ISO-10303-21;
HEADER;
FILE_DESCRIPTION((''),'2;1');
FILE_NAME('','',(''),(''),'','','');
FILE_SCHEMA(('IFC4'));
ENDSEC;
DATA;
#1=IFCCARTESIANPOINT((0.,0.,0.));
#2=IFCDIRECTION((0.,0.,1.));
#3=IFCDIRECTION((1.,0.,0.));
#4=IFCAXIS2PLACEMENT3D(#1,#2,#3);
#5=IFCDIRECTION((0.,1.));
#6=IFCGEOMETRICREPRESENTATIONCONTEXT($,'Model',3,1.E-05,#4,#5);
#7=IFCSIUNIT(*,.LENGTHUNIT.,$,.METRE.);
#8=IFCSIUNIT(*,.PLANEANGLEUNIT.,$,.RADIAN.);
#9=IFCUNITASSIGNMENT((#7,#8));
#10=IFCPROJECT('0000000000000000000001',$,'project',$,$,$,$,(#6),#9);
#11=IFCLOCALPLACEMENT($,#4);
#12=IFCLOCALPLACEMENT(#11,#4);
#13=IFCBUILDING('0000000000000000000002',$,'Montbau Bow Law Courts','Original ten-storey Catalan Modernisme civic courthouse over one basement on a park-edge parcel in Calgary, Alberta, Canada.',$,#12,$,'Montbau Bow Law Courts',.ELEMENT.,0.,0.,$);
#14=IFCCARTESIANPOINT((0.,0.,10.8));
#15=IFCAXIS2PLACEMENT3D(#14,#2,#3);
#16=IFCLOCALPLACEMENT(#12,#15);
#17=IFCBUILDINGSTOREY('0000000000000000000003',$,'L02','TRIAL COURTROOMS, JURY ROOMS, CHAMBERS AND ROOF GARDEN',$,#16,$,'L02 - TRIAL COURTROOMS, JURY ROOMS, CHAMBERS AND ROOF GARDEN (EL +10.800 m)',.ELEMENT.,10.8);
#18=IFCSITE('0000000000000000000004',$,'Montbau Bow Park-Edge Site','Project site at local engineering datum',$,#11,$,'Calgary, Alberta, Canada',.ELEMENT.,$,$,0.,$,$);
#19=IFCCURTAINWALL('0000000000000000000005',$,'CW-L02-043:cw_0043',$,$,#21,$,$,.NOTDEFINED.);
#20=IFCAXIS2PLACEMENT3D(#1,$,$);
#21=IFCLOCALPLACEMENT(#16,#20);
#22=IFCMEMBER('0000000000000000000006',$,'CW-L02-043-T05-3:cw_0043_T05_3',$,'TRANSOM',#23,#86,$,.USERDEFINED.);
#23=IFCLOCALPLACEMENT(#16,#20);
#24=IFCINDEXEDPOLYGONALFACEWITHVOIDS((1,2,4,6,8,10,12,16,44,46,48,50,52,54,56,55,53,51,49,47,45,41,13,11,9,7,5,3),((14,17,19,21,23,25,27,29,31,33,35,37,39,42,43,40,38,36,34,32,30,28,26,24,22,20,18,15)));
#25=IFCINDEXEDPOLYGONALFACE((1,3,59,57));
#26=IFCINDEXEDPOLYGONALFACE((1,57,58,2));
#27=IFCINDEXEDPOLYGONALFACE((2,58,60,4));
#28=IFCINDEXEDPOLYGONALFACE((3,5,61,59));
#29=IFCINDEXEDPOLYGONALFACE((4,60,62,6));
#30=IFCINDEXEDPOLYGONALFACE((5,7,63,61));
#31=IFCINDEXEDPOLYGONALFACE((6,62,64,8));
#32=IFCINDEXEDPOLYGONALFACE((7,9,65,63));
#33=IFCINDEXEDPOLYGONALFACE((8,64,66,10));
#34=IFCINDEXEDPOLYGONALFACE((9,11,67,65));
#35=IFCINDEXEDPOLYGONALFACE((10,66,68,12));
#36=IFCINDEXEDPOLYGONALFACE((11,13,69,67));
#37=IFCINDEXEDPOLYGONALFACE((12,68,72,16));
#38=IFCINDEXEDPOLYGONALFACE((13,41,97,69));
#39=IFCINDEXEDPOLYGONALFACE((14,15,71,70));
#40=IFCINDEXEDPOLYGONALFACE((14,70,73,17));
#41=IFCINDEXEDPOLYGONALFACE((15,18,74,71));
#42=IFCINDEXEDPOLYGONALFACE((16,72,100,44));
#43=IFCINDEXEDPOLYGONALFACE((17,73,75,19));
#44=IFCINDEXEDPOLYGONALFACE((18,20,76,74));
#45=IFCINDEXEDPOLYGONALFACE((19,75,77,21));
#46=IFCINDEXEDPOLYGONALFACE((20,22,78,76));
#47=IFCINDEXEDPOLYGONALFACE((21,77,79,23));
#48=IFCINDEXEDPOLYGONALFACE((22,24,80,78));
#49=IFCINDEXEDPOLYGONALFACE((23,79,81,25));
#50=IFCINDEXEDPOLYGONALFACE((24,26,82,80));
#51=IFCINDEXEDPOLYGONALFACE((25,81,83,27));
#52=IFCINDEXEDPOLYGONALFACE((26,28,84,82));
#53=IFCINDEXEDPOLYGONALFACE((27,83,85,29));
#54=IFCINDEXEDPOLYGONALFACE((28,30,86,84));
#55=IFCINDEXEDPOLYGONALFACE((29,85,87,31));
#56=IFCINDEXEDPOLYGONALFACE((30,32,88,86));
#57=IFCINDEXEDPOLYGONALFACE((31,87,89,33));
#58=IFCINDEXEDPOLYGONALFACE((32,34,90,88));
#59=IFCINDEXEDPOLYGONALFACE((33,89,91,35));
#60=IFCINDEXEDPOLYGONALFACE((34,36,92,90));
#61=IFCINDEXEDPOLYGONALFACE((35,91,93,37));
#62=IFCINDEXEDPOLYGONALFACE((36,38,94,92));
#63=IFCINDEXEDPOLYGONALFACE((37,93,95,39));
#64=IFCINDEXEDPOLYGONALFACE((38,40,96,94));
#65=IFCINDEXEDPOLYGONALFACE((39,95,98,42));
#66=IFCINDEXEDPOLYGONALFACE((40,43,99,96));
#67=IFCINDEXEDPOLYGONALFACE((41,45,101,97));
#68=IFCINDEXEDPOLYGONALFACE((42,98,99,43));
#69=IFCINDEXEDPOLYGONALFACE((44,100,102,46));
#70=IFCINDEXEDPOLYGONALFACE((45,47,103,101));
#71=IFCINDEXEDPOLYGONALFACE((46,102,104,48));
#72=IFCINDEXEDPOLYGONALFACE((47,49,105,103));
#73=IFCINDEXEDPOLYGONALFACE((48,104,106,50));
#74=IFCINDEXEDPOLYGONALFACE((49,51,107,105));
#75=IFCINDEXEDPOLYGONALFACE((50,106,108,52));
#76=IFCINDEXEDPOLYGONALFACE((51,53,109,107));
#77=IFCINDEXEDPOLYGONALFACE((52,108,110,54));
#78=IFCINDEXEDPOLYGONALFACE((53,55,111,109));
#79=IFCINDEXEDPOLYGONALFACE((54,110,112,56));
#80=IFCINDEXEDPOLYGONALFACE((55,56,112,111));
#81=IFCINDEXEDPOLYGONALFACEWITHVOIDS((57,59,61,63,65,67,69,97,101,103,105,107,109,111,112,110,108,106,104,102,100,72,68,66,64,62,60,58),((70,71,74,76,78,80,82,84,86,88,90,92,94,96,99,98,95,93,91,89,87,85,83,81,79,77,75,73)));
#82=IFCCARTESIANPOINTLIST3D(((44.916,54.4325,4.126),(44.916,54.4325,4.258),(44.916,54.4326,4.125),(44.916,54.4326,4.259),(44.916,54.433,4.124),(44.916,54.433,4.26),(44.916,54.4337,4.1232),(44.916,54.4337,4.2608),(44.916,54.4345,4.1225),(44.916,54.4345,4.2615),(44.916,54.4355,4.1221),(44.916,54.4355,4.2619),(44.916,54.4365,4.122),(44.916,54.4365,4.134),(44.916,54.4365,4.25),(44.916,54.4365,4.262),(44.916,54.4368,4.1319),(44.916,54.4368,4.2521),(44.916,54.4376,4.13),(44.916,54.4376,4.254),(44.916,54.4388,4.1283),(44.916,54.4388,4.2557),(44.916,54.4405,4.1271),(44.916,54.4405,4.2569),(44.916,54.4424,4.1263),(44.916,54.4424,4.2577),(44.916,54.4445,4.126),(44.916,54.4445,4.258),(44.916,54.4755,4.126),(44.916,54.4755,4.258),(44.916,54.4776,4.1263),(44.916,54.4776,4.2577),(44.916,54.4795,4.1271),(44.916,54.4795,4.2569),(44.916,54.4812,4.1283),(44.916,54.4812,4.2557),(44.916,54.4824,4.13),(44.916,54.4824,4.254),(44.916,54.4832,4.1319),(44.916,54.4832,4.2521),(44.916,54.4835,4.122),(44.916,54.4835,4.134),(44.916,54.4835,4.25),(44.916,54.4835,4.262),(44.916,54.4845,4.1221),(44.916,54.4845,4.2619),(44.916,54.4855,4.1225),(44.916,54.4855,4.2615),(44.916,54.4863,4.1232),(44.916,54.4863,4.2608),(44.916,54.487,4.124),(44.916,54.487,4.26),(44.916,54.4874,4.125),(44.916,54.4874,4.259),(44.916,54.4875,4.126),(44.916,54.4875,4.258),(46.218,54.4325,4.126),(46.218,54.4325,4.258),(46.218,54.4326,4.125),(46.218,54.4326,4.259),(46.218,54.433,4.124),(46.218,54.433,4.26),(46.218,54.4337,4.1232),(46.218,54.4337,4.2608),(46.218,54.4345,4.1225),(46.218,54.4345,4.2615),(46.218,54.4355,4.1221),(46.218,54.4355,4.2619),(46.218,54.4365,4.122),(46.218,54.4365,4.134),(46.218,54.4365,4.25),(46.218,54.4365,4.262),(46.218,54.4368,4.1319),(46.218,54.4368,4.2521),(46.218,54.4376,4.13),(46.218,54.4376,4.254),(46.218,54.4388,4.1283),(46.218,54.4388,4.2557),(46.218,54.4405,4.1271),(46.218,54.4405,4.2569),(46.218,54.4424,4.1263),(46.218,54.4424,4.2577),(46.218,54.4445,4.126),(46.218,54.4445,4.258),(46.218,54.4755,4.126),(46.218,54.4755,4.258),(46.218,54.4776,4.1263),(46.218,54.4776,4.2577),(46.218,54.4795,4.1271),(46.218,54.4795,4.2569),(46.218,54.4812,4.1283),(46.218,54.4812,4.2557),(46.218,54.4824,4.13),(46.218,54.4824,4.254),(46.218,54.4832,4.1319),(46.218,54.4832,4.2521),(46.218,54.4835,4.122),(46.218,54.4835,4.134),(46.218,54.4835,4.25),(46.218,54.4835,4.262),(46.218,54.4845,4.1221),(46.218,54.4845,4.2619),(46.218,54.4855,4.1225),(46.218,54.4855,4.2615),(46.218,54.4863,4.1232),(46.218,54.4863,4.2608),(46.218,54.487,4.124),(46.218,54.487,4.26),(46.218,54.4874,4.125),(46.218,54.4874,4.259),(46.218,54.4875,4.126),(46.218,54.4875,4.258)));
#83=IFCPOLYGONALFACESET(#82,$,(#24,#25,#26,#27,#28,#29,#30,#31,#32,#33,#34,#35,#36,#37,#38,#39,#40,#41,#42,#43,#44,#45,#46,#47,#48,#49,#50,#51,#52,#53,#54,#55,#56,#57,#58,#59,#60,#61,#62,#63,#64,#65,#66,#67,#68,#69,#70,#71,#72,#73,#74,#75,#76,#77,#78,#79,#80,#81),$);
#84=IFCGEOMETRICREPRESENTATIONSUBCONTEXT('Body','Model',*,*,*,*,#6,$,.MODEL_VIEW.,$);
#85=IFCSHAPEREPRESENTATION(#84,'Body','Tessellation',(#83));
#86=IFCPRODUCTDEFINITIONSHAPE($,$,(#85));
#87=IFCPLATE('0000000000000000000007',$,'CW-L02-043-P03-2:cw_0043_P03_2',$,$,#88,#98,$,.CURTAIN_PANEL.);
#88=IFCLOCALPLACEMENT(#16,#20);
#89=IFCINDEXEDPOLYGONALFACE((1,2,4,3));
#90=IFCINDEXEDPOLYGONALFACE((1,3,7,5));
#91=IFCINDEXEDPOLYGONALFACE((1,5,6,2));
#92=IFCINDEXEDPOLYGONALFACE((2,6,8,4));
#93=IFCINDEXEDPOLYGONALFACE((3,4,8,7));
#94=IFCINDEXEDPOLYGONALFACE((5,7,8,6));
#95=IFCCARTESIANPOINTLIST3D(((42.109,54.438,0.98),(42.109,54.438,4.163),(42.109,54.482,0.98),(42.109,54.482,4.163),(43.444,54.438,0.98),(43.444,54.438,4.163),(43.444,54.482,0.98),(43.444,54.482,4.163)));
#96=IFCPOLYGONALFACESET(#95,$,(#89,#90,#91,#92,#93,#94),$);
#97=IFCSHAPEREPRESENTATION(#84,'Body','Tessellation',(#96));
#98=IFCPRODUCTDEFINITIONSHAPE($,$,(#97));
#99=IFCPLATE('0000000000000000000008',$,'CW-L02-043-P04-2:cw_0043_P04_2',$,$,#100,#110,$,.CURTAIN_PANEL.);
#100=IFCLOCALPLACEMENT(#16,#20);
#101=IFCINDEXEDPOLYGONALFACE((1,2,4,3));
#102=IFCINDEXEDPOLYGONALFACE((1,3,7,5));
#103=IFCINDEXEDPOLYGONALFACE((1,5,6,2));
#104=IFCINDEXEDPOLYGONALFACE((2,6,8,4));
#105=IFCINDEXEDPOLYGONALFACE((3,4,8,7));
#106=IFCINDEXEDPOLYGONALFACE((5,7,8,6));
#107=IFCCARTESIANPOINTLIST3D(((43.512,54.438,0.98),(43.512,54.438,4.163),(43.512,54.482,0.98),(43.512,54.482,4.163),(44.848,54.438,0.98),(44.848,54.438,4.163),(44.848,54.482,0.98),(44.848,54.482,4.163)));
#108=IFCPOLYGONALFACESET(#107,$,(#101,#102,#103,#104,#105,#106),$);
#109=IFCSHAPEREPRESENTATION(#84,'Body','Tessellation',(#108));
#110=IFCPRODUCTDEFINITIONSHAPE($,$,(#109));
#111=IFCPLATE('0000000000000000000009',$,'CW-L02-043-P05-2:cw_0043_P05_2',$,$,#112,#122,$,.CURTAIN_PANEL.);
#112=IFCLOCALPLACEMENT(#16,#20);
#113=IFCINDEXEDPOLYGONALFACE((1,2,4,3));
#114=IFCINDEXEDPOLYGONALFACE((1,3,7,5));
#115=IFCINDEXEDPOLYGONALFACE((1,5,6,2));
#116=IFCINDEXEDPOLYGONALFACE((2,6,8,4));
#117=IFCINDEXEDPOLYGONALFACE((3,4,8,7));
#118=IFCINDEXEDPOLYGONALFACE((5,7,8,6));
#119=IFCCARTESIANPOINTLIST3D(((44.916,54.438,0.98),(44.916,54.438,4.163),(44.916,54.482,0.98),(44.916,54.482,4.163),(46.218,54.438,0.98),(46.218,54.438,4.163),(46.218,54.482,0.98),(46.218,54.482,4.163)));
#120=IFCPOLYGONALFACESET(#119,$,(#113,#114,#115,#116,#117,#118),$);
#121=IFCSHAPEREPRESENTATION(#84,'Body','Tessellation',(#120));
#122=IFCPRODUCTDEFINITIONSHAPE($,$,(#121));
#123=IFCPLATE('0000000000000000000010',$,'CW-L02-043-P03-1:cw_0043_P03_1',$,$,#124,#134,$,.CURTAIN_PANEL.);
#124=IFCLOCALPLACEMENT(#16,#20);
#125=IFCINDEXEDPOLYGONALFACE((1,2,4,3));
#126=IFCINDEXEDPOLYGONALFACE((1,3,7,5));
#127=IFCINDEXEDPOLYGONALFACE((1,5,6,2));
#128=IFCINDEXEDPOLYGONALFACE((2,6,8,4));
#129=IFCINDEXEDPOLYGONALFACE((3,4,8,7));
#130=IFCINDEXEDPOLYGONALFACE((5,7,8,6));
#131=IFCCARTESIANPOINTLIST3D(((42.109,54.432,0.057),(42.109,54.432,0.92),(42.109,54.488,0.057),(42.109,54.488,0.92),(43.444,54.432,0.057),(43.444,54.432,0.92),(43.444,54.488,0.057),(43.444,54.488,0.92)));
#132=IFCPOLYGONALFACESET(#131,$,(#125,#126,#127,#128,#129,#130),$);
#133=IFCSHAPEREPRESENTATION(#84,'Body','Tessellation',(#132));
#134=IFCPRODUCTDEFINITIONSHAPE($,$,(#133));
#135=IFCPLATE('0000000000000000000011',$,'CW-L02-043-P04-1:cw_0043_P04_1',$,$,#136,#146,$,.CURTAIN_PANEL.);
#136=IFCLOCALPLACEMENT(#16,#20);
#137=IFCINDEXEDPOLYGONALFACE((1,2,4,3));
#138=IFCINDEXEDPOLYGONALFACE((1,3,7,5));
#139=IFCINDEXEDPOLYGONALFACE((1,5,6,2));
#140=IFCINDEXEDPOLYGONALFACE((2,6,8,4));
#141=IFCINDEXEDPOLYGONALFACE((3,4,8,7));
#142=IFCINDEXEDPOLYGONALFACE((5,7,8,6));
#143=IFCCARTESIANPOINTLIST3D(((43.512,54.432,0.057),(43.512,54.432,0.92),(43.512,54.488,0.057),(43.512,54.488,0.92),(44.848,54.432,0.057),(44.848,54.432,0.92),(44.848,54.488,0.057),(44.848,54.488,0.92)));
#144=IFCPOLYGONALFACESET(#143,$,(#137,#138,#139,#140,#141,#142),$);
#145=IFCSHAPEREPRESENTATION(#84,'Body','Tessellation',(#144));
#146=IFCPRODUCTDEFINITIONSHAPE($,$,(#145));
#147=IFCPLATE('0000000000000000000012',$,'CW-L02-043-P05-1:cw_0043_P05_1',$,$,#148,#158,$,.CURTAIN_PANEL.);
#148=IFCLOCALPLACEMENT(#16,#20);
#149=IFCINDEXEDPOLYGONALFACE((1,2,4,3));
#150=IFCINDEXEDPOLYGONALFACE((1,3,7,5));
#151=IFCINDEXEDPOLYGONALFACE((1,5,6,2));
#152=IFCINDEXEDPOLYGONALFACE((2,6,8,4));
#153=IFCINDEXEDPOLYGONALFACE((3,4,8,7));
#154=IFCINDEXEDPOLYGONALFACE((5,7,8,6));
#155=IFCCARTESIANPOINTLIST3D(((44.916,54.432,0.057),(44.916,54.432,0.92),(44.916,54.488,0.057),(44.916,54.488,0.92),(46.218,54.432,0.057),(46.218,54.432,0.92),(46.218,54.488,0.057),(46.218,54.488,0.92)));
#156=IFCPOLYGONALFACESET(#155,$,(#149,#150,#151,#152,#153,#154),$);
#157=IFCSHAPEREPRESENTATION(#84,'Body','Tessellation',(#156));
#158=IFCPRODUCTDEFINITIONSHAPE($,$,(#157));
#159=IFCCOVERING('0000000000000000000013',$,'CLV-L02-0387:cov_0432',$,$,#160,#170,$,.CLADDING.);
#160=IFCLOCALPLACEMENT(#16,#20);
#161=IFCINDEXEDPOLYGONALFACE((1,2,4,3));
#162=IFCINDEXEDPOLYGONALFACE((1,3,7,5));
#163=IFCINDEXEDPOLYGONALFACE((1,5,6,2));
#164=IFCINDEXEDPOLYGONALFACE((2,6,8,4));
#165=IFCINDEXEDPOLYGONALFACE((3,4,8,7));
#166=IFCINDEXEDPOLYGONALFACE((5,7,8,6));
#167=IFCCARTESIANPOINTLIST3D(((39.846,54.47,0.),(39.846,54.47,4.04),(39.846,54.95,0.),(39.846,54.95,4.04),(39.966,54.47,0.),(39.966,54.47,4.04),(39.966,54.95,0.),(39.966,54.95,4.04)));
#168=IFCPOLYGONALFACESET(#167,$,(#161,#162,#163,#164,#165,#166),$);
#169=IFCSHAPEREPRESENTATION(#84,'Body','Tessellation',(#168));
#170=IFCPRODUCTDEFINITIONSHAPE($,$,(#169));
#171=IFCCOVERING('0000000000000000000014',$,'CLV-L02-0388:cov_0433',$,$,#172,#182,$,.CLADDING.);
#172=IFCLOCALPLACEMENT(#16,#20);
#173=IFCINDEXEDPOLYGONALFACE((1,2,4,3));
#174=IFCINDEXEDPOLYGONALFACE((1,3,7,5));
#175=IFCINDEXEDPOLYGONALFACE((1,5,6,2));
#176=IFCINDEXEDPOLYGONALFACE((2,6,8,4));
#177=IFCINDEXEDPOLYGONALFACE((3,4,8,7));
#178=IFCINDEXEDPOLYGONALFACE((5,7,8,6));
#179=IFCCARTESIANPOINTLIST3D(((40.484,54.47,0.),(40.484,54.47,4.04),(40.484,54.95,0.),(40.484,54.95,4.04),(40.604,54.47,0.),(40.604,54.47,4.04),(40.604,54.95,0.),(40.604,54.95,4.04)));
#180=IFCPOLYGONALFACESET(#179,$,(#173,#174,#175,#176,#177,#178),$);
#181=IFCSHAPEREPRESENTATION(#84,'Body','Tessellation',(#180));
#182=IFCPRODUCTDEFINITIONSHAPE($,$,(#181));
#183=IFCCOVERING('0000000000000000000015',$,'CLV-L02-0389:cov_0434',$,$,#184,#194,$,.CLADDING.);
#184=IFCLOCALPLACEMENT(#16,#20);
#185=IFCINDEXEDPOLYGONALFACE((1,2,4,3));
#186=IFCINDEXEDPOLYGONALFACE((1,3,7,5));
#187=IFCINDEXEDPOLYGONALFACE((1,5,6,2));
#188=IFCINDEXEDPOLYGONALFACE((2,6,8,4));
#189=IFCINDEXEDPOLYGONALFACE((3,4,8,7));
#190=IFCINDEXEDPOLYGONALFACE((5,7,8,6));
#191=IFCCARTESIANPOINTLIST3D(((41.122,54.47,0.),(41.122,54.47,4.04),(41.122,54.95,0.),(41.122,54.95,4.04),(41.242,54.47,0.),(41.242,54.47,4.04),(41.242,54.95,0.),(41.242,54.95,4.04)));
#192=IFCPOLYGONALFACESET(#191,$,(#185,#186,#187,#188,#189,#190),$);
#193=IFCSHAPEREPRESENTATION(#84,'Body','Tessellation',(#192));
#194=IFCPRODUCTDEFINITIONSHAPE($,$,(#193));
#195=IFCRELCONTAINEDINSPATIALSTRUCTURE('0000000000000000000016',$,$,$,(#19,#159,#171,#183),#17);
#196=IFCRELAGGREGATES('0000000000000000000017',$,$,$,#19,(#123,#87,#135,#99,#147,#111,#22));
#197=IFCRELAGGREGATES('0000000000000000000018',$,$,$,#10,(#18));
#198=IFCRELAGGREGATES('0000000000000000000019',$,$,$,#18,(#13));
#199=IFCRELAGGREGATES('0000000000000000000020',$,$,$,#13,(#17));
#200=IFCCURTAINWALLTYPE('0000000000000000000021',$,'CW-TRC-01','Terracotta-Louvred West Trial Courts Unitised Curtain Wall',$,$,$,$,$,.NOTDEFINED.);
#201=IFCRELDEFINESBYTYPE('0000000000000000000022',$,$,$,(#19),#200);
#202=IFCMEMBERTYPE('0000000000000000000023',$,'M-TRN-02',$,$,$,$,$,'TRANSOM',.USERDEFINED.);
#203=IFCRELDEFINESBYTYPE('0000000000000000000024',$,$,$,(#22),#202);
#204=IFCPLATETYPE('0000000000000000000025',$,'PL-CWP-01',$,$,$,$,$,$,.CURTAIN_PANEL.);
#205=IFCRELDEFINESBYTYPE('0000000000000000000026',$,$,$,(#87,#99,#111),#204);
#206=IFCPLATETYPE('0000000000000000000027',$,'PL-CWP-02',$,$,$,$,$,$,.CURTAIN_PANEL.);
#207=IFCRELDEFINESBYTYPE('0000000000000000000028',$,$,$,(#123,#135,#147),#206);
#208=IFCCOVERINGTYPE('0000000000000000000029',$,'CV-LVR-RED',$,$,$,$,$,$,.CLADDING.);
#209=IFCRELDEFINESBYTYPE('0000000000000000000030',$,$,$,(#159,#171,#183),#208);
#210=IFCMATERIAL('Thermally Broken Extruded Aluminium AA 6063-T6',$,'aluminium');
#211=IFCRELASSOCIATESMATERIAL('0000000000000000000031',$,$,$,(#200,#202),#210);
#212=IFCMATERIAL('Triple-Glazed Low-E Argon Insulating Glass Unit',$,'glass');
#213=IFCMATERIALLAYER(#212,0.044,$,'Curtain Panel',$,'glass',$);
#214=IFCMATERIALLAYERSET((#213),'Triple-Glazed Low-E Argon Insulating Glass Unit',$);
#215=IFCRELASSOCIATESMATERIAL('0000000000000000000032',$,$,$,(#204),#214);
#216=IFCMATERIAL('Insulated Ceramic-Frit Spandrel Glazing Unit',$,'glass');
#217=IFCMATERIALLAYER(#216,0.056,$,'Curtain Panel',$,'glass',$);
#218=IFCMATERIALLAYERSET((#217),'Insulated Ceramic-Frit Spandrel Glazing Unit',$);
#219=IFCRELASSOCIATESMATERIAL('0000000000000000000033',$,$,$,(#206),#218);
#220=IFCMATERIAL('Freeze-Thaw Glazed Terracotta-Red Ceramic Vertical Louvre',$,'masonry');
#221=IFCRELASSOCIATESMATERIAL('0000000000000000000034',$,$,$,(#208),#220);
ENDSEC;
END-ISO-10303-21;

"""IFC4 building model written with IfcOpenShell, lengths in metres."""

from ifc_helpers import new_model, si_unit, direction, frame, frame_2d, origin_with_axes, origin_2d_with_axis, place, context, subcontext, project, spatial, rectangle, hollow_rectangle, extrude, material, layer, layer_set, material_profile, profile_set, type_object, element, aggregate, save


model = new_model("IFC4")

# Units and contexts
model_context = context("Model", 3, precision=1e-05, world=origin_with_axes(), true_north=direction((0.0, 1.0)))
body_context = subcontext(model_context, "Body", "Model", "MODEL_VIEW")
ifc_project = project(units=[si_unit("LENGTHUNIT", "METRE"), si_unit("PLANEANGLEUNIT", "RADIAN")], contexts=[model_context])

# Site, building, storey
site_placement = place(None, origin_with_axes())
site = spatial("IfcSite", under=ifc_project, at=site_placement, Name="Montbau Bow Park-Edge Site", Description="Project site at local engineering datum", LongName="Calgary, Alberta, Canada", CompositionType="ELEMENT", RefElevation=0.0)
building_placement = place(site_placement, origin_with_axes())
building = spatial("IfcBuilding", under=site, at=building_placement, Name="Montbau Bow Law Courts", Description="Original ten-storey Catalan Modernisme civic courthouse over one basement on a park-edge parcel in Calgary, Alberta, Canada.", LongName="Montbau Bow Law Courts", CompositionType="ELEMENT", ElevationOfRefHeight=0.0, ElevationOfTerrain=0.0)
storey_placement = place(building_placement, frame((0.0, 0.0, 10.8), z_axis=(0.0, 0.0, 1.0), x_axis=(1.0, 0.0, 0.0)))
storey = spatial("IfcBuildingStorey", under=building, at=storey_placement, Name="L02", Description="TRIAL COURTROOMS, JURY ROOMS, CHAMBERS AND ROOF GARDEN", LongName="L02 - TRIAL COURTROOMS, JURY ROOMS, CHAMBERS AND ROOF GARDEN (EL +10.800 m)", CompositionType="ELEMENT", Elevation=10.8)

# Curtain wall, member, plates
ifc_material_1 = material(Name="Thermally Broken Extruded Aluminium AA 6063-T6", Category="aluminium")
curtain_wall_type = type_object("IfcCurtainWallType", Name="CW-TRC-01", Description="Terracotta-Louvred West Trial Courts Unitised Curtain Wall", PredefinedType="NOTDEFINED", material=ifc_material_1)
curtain_wall_placement = place(None, frame((39.268, 54.46, 10.8), z_axis=(0.0, 0.0, 1.0), x_axis=(1.0, 0.0, 0.0)))
curtain_wall = element("IfcCurtainWall", 1, at=curtain_wall_placement, inside=storey, type_object=curtain_wall_type, Name="CW-L02-043:cw_0043", PredefinedType="NOTDEFINED")
ifc_material_profile_1 = material_profile(ifc_material_1, hollow_rectangle(XDim=0.055, YDim=0.14, WallThickness=0.004, InnerFilletRadius=0.008, OuterFilletRadius=0.004, at=origin_2d_with_axis()), Name="CWT-140X55", Category="Main", Priority=0)
ifc_profile_set_1 = profile_set([ifc_material_profile_1], Name="Thermally Broken Extruded Aluminium AA 6063-T6")
member_type_1 = type_object("IfcMemberType", Name="M-TRN-02", ElementType="TRANSOM", PredefinedType="USERDEFINED", material=ifc_profile_set_1)
member_1_placement = place(None, frame((44.916, 54.46, 14.992), z_axis=(1.0, 0.0, 0.0), x_axis=(0.0, 1.0, 0.0)))
member_1 = element("IfcMember", 2, at=member_1_placement, type_object=member_type_1, Name="CW-L02-043-T05-3:cw_0043_T05_3", ObjectType="TRANSOM", PredefinedType="USERDEFINED", context=body_context, shape_type="SweptSolid", body=[
    extrude(hollow_rectangle(XDim=0.055, YDim=0.14, WallThickness=0.004, InnerFilletRadius=0.008, OuterFilletRadius=0.004, at=origin_2d_with_axis()), origin_with_axes(), (0.0, 0.0, 1.0), 1.302),
])
ifc_material_2 = material(Name="Triple-Glazed Low-E Argon Insulating Glass Unit", Category="glass")
ifc_layer_1 = layer(ifc_material_2, 0.044, Name="Curtain Panel", Category="glass")
ifc_layer_set_1 = layer_set([ifc_layer_1], Name="Triple-Glazed Low-E Argon Insulating Glass Unit")
plate_type_1 = type_object("IfcPlateType", Name="PL-CWP-01", PredefinedType="CURTAIN_PANEL", material=ifc_layer_set_1)
plate_1_placement = place(None, frame((42.109, 54.46, 11.78), z_axis=(0.0, -1.0, 0.0), x_axis=(1.0, 0.0, 0.0)))
plate_1 = element("IfcPlate", 3, at=plate_1_placement, type_object=plate_type_1, Name="CW-L02-043-P03-2:cw_0043_P03_2", PredefinedType="CURTAIN_PANEL", context=body_context, shape_type="SweptSolid", body=[
    extrude(rectangle(XDim=1.335, YDim=3.183, at=frame_2d((0.6675, 1.5915), x_axis=(1.0, 0.0))), frame((0.0, 0.0, -0.022), z_axis=(0.0, 0.0, 1.0), x_axis=(1.0, 0.0, 0.0)), (0.0, 0.0, 1.0), 0.044),
])
plate_2_placement = place(None, frame((43.512, 54.46, 11.78), z_axis=(0.0, -1.0, 0.0), x_axis=(1.0, 0.0, 0.0)))
plate_2 = element("IfcPlate", 4, at=plate_2_placement, type_object=plate_type_1, Name="CW-L02-043-P04-2:cw_0043_P04_2", PredefinedType="CURTAIN_PANEL", context=body_context, shape_type="SweptSolid", body=[
    extrude(rectangle(XDim=1.336, YDim=3.183, at=frame_2d((0.668, 1.5915), x_axis=(1.0, 0.0))), frame((0.0, 0.0, -0.022), z_axis=(0.0, 0.0, 1.0), x_axis=(1.0, 0.0, 0.0)), (0.0, 0.0, 1.0), 0.044),
])
plate_3_placement = place(None, frame((44.916, 54.46, 11.78), z_axis=(0.0, -1.0, 0.0), x_axis=(1.0, 0.0, 0.0)))
plate_3 = element("IfcPlate", 5, at=plate_3_placement, type_object=plate_type_1, Name="CW-L02-043-P05-2:cw_0043_P05_2", PredefinedType="CURTAIN_PANEL", context=body_context, shape_type="SweptSolid", body=[
    extrude(rectangle(XDim=1.302, YDim=3.183, at=frame_2d((0.651, 1.5915), x_axis=(1.0, 0.0))), frame((0.0, 0.0, -0.022), z_axis=(0.0, 0.0, 1.0), x_axis=(1.0, 0.0, 0.0)), (0.0, 0.0, 1.0), 0.044),
])
ifc_material_3 = material(Name="Insulated Ceramic-Frit Spandrel Glazing Unit", Category="glass")
ifc_layer_2 = layer(ifc_material_3, 0.056, Name="Curtain Panel", Category="glass")
ifc_layer_set_2 = layer_set([ifc_layer_2], Name="Insulated Ceramic-Frit Spandrel Glazing Unit")
plate_type_2 = type_object("IfcPlateType", Name="PL-CWP-02", PredefinedType="CURTAIN_PANEL", material=ifc_layer_set_2)
plate_4_placement = place(None, frame((42.109, 54.46, 10.857), z_axis=(0.0, -1.0, 0.0), x_axis=(1.0, 0.0, 0.0)))
plate_4 = element("IfcPlate", 6, at=plate_4_placement, type_object=plate_type_2, Name="CW-L02-043-P03-1:cw_0043_P03_1", PredefinedType="CURTAIN_PANEL", context=body_context, shape_type="SweptSolid", body=[
    extrude(rectangle(XDim=1.335, YDim=0.863, at=frame_2d((0.6675, 0.4315), x_axis=(1.0, 0.0))), frame((0.0, 0.0, -0.028), z_axis=(0.0, 0.0, 1.0), x_axis=(1.0, 0.0, 0.0)), (0.0, 0.0, 1.0), 0.056),
])
plate_5_placement = place(None, frame((43.512, 54.46, 10.857), z_axis=(0.0, -1.0, 0.0), x_axis=(1.0, 0.0, 0.0)))
plate_5 = element("IfcPlate", 7, at=plate_5_placement, type_object=plate_type_2, Name="CW-L02-043-P04-1:cw_0043_P04_1", PredefinedType="CURTAIN_PANEL", context=body_context, shape_type="SweptSolid", body=[
    extrude(rectangle(XDim=1.336, YDim=0.863, at=frame_2d((0.668, 0.4315), x_axis=(1.0, 0.0))), frame((0.0, 0.0, -0.028), z_axis=(0.0, 0.0, 1.0), x_axis=(1.0, 0.0, 0.0)), (0.0, 0.0, 1.0), 0.056),
])
plate_6_placement = place(None, frame((44.916, 54.46, 10.857), z_axis=(0.0, -1.0, 0.0), x_axis=(1.0, 0.0, 0.0)))
plate_6 = element("IfcPlate", 8, at=plate_6_placement, type_object=plate_type_2, Name="CW-L02-043-P05-1:cw_0043_P05_1", PredefinedType="CURTAIN_PANEL", context=body_context, shape_type="SweptSolid", body=[
    extrude(rectangle(XDim=1.302, YDim=0.863, at=frame_2d((0.651, 0.4315), x_axis=(1.0, 0.0))), frame((0.0, 0.0, -0.028), z_axis=(0.0, 0.0, 1.0), x_axis=(1.0, 0.0, 0.0)), (0.0, 0.0, 1.0), 0.056),
])
aggregate(curtain_wall, [plate_4, plate_1, plate_5, plate_2, plate_6, plate_3, member_1])

# Coverings
ifc_material_4 = material(Name="Freeze-Thaw Glazed Terracotta-Red Ceramic Vertical Louvre", Category="masonry")
covering_type = type_object("IfcCoveringType", Name="CV-LVR-RED", PredefinedType="CLADDING", material=ifc_material_4)
for number, where, z_axis, x_axis, name in (
    (9, (39.906, 54.47, 10.8), (1.0, 0.0, 0.0), (0.0, 1.0, 0.0), "CLV-L02-0387:cov_0432"),
    (10, (40.544, 54.47, 10.8), (1.0, 0.0, 0.0), (0.0, 1.0, 0.0), "CLV-L02-0388:cov_0433"),
    (11, (41.182, 54.47, 10.8), (1.0, 0.0, 0.0), (0.0, 1.0, 0.0), "CLV-L02-0389:cov_0434"),
):
    element("IfcCovering", number, at=place(None, frame(where, z_axis=z_axis, x_axis=x_axis)), inside=storey, type_object=covering_type, Name=name, PredefinedType="CLADDING", context=body_context, shape_type="SweptSolid", body=[
        extrude(rectangle(XDim=0.48, YDim=4.04, at=frame_2d((0.24, 2.02), x_axis=(1.0, 0.0))), frame((0.0, 0.0, -0.06), z_axis=(0.0, 0.0, 1.0), x_axis=(1.0, 0.0, 0.0)), (0.0, 0.0, 1.0), 0.12),
    ])

save(model, "model.ifc")
